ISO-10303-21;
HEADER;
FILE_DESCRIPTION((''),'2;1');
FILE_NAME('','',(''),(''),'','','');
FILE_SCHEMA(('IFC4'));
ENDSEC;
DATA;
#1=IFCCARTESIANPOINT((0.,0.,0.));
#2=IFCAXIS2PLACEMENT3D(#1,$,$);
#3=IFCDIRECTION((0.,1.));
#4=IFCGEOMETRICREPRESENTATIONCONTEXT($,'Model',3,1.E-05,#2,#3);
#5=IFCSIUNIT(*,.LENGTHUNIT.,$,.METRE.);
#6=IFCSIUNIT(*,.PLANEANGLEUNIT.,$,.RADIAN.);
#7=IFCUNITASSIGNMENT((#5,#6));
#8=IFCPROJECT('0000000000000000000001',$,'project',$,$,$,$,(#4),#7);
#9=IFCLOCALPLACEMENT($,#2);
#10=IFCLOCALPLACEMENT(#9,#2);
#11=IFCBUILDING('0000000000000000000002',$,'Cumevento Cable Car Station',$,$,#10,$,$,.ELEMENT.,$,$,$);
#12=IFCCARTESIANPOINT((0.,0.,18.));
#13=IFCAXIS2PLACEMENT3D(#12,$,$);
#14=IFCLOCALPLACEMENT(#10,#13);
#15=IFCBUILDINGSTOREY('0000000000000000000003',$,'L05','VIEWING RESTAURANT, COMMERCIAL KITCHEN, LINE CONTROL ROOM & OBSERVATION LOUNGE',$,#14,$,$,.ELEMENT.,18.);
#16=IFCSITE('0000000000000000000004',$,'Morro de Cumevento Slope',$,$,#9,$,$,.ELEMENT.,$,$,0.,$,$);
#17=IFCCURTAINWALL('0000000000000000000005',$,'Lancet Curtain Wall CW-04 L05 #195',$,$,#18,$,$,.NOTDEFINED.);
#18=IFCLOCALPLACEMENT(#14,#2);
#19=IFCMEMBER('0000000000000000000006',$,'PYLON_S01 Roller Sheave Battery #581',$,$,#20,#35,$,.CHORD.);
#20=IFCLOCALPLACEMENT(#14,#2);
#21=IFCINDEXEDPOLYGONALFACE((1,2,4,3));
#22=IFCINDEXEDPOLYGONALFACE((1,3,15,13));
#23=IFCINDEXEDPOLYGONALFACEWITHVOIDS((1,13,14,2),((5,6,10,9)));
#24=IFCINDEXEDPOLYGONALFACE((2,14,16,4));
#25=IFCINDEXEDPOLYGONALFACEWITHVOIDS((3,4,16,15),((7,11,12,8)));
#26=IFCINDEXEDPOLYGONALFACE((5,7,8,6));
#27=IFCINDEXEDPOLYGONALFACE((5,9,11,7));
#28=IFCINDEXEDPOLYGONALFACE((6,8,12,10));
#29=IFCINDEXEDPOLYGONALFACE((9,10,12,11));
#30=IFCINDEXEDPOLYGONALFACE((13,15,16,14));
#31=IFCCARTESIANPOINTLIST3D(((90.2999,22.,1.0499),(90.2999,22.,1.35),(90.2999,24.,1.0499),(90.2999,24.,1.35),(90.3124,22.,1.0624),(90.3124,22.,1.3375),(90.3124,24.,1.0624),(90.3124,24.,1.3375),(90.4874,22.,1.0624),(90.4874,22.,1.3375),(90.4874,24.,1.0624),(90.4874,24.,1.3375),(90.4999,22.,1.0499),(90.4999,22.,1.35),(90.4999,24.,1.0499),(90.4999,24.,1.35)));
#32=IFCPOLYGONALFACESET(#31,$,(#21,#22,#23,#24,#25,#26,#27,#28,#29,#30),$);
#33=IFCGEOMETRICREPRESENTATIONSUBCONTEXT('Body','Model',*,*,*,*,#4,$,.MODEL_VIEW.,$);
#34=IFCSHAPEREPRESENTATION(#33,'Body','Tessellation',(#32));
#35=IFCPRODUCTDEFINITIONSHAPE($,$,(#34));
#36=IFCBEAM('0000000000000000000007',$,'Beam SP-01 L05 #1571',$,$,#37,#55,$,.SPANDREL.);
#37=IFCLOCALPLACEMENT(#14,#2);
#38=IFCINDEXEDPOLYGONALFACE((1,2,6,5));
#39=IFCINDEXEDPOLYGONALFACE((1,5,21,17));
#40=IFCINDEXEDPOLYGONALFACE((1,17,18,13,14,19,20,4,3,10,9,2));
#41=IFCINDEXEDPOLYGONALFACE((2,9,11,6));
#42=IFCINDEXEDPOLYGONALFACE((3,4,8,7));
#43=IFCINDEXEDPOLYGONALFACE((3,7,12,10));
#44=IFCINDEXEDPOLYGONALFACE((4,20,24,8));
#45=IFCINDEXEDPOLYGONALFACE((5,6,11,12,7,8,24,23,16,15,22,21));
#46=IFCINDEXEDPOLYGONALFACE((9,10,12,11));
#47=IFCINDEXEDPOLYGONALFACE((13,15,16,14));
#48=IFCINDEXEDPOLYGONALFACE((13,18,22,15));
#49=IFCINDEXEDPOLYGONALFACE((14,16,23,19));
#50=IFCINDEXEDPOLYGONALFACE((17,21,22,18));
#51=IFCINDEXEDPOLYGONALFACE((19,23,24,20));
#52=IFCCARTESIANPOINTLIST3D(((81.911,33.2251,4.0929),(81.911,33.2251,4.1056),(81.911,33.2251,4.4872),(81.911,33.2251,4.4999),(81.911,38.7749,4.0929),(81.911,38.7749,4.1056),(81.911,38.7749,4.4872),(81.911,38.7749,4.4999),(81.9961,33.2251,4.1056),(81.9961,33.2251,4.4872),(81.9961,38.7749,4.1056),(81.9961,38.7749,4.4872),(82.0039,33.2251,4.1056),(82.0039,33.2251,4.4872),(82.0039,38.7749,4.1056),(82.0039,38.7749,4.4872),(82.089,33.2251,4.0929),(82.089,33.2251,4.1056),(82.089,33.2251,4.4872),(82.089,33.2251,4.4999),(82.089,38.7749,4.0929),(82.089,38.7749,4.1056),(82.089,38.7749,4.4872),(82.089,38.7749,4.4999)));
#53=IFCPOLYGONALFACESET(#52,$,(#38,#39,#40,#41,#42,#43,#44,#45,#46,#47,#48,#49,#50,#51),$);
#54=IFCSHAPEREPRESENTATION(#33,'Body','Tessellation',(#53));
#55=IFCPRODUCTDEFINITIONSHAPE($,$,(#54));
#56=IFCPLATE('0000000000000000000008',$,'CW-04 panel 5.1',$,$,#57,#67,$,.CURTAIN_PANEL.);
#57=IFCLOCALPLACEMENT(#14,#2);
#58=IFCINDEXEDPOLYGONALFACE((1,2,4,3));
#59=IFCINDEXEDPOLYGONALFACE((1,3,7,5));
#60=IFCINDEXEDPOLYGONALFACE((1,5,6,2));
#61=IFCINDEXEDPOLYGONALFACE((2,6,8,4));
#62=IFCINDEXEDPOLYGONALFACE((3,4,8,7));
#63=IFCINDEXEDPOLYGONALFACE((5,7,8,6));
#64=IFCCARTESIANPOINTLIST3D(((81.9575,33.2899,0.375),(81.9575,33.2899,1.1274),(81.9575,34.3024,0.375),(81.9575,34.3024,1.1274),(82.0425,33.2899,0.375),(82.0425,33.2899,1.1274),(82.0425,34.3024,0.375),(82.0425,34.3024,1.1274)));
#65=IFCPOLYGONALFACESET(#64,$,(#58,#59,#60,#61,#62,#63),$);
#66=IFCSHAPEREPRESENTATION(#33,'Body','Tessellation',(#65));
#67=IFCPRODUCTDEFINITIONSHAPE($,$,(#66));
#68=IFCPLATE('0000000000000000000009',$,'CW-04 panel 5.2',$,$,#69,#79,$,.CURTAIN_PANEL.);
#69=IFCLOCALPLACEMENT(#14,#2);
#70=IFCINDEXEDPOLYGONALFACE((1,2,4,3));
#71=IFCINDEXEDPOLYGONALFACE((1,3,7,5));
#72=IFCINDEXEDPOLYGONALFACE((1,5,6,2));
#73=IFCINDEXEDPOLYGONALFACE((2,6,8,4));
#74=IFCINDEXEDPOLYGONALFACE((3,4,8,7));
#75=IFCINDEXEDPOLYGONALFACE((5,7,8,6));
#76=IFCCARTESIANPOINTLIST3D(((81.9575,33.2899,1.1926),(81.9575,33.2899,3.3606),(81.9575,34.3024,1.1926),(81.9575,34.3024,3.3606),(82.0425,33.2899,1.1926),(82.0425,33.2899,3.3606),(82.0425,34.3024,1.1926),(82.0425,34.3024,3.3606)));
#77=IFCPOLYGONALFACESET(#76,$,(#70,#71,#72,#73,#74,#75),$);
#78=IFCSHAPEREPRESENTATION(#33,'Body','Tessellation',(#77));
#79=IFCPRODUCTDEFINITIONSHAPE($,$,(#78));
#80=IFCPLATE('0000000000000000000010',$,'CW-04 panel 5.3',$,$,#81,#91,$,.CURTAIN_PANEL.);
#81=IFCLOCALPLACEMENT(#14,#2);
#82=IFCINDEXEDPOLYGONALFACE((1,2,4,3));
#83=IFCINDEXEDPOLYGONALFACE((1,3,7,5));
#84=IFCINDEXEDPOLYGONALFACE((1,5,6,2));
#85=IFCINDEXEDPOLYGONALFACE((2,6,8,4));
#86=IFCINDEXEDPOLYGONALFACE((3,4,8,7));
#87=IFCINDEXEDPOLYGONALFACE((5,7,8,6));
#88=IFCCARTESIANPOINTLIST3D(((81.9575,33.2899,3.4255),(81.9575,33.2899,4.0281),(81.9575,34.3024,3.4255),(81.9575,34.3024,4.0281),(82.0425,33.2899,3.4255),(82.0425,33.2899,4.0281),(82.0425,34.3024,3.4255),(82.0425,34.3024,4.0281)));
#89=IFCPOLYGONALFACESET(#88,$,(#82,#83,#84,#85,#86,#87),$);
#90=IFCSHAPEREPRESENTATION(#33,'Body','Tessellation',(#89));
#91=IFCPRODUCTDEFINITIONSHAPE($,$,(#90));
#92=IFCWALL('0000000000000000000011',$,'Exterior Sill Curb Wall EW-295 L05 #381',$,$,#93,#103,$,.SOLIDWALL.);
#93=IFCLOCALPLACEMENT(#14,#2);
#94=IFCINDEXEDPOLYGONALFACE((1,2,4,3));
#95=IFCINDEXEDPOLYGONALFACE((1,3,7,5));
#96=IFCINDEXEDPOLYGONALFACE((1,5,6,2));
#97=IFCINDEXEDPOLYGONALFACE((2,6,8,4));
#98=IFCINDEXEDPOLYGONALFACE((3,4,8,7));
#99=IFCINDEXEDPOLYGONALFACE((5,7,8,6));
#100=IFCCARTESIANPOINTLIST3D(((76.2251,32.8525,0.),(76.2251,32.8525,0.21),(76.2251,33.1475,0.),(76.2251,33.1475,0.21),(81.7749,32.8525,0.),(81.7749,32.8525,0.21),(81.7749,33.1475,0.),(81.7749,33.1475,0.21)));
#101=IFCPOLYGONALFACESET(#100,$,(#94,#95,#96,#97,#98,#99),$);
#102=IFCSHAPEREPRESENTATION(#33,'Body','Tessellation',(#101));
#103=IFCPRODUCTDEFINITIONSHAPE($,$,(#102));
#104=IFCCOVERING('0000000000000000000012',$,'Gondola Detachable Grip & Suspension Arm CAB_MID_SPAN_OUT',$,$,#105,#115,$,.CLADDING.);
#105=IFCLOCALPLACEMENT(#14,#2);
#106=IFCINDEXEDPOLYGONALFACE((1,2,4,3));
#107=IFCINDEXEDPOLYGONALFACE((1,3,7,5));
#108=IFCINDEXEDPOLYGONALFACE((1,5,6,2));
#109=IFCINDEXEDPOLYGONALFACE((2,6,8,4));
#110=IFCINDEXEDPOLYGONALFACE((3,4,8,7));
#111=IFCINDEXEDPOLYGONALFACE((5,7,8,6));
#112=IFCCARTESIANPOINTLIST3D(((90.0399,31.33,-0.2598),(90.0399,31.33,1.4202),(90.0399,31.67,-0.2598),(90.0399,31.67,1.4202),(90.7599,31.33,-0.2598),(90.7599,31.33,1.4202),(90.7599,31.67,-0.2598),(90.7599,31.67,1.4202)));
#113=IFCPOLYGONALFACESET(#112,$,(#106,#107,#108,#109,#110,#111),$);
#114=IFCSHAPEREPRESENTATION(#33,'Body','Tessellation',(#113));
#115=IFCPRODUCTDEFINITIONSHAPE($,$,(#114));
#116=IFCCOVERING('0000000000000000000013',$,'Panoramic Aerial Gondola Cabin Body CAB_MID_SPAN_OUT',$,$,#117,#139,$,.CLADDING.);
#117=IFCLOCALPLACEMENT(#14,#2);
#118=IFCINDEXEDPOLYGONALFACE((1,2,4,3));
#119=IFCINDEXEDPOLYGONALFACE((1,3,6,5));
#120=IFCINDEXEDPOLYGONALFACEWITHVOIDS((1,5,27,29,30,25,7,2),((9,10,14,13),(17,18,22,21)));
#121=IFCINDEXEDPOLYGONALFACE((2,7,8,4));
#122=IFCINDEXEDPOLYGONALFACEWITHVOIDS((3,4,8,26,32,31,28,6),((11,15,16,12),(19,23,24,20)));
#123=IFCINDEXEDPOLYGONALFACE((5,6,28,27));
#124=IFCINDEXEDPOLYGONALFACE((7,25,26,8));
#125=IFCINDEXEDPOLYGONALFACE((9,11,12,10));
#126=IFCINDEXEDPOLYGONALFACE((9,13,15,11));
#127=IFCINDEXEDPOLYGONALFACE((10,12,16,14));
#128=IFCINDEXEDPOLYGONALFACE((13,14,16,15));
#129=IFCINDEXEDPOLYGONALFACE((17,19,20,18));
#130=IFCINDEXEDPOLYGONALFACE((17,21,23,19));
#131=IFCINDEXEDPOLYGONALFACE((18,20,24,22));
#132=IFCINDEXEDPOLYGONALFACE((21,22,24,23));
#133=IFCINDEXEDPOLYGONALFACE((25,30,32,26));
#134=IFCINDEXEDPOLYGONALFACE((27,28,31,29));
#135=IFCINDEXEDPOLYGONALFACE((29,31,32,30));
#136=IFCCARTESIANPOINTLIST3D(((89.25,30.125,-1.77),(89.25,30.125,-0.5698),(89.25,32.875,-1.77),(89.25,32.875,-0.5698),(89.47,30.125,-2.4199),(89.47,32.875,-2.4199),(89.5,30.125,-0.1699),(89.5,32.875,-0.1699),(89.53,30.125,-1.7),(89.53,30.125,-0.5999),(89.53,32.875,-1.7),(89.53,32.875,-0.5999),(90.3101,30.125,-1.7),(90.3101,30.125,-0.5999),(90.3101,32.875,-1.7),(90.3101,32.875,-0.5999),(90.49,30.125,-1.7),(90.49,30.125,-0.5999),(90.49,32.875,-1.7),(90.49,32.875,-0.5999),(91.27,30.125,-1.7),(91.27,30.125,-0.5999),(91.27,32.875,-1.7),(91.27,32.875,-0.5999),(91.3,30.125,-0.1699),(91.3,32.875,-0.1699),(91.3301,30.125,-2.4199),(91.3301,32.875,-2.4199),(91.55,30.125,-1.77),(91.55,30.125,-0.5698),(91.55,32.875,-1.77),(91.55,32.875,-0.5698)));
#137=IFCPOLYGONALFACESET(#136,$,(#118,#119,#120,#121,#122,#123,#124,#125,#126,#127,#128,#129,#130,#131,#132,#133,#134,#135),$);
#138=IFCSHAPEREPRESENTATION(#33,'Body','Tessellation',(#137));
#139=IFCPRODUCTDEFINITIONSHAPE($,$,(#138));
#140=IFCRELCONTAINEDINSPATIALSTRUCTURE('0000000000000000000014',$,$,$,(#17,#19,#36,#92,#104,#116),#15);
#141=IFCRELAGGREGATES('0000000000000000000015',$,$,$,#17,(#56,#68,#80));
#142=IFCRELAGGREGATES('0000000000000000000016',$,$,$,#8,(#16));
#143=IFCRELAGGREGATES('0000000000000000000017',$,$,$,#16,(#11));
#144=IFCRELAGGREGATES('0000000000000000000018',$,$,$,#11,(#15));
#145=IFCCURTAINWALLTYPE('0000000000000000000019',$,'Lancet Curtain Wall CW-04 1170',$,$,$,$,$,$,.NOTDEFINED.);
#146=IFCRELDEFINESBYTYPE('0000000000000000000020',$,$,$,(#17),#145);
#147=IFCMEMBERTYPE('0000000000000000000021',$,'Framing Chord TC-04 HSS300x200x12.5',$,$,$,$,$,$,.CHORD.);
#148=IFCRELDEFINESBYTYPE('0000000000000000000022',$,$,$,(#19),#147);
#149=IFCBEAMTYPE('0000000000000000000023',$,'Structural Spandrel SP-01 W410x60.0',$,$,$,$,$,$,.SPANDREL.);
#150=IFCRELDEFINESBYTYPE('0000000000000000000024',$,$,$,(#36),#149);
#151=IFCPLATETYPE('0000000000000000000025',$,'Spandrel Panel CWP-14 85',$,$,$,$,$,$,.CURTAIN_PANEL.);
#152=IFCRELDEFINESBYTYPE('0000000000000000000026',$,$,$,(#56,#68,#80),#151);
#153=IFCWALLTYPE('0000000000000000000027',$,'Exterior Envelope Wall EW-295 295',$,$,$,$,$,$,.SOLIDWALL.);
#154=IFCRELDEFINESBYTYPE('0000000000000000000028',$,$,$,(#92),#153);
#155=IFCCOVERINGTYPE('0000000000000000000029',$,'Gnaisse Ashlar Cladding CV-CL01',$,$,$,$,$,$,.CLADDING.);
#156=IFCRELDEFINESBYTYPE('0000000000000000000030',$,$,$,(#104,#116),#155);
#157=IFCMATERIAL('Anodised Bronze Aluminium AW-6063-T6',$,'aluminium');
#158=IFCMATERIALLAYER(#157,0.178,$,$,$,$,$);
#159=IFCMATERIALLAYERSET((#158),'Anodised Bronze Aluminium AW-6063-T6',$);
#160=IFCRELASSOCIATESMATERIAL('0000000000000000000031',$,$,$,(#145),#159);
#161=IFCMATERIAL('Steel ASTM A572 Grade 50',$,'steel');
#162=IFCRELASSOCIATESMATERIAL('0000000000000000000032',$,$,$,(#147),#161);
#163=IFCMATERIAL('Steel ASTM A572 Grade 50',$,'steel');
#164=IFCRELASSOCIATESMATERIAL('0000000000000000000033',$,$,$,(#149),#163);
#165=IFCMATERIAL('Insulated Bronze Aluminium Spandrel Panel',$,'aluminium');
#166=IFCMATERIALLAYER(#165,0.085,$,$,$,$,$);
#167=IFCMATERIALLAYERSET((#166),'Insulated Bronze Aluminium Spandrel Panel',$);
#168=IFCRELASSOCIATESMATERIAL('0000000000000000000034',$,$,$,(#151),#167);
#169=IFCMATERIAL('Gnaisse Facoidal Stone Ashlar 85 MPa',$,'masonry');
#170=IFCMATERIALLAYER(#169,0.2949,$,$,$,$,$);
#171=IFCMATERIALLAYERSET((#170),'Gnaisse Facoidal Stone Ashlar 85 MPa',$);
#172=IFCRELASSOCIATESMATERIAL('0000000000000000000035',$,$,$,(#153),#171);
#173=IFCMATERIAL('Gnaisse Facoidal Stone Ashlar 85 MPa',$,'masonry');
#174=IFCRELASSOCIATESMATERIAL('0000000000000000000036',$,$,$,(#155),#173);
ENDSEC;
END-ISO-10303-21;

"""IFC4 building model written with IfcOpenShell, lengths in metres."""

from ifc_helpers import new_model, si_unit, direction, frame, frame_2d, origin, origin_2d, place, context, subcontext, project, spatial, polyline, rectangle, hollow_rectangle, i_section, outline, extrude, material, layer, layer_set, material_profile, profile_set, type_object, element, aggregate, save


model = new_model("IFC4")

# Units and contexts
model_context = context("Model", 3, precision=1e-05, world=origin(), true_north=direction((0.0, 1.0)))
body_context = subcontext(model_context, "Body", "Model", "MODEL_VIEW")
ifc_project = project(units=[si_unit("LENGTHUNIT", "METRE"), si_unit("PLANEANGLEUNIT", "RADIAN")], contexts=[model_context])

# Site, building, storey
site_placement = place(None, origin())
site = spatial("IfcSite", under=ifc_project, at=site_placement, Name="Morro de Cumevento Slope", CompositionType="ELEMENT", RefElevation=0.0)
building_placement = place(site_placement, origin())
building = spatial("IfcBuilding", under=site, at=building_placement, Name="Cumevento Cable Car Station", CompositionType="ELEMENT")
storey_placement = place(building_placement, frame((0.0, 0.0, 18.0)))
storey = spatial("IfcBuildingStorey", under=building, at=storey_placement, Name="L05", Description="VIEWING RESTAURANT, COMMERCIAL KITCHEN, LINE CONTROL ROOM & OBSERVATION LOUNGE", CompositionType="ELEMENT", Elevation=18.0)

# Curtain wall
ifc_material_1 = material(Name="Anodised Bronze Aluminium AW-6063-T6", Category="aluminium")
ifc_layer_1 = layer(ifc_material_1, 0.178)
ifc_layer_set_1 = layer_set([ifc_layer_1], Name="Anodised Bronze Aluminium AW-6063-T6")
curtain_wall_type = type_object("IfcCurtainWallType", Name="Lancet Curtain Wall CW-04 1170", PredefinedType="NOTDEFINED", material=ifc_layer_set_1)
curtain_wall_placement = place(storey_placement, origin())
curtain_wall = element("IfcCurtainWall", 1, at=curtain_wall_placement, inside=storey, type_object=curtain_wall_type, Name="Lancet Curtain Wall CW-04 L05 #195", PredefinedType="NOTDEFINED")

# Member
ifc_material_2 = material(Name="Steel ASTM A572 Grade 50", Category="steel")
ifc_material_profile_1 = material_profile(ifc_material_2, hollow_rectangle(XDim=0.2, YDim=0.3, WallThickness=0.0125, at=origin_2d()), Name="HSS300x200x12.5")
ifc_profile_set_1 = profile_set([ifc_material_profile_1], Name="Steel ASTM A572 Grade 50")
member_type_1 = type_object("IfcMemberType", Name="Framing Chord TC-04 HSS300x200x12.5", PredefinedType="CHORD", material=ifc_profile_set_1)
member_1_placement = place(storey_placement, frame((90.3999, 22.0, 1.2), z_axis=(0.0, 1.0, 0.0), x_axis=(-1.0, 0.0, 0.0)))
element("IfcMember", 2, at=member_1_placement, inside=storey, type_object=member_type_1, Name="PYLON_S01 Roller Sheave Battery #581", PredefinedType="CHORD", context=body_context, shape_type="SweptSolid", body=[
    extrude(hollow_rectangle(XDim=0.2, YDim=0.3, WallThickness=0.0125, at=origin_2d()), origin(), (0.0, 0.0, 1.0), 2.0),
])

# Beam
ifc_material_3 = material(Name="Steel ASTM A572 Grade 50", Category="steel")
ifc_material_profile_2 = material_profile(ifc_material_3, i_section(OverallWidth=0.178, OverallDepth=0.407, WebThickness=0.0078, FlangeThickness=0.0127, at=origin_2d()), Name="W410x60.0")
ifc_profile_set_2 = profile_set([ifc_material_profile_2], Name="Steel ASTM A572 Grade 50")
beam_type = type_object("IfcBeamType", Name="Structural Spandrel SP-01 W410x60.0", PredefinedType="SPANDREL", material=ifc_profile_set_2)
beam_placement = place(storey_placement, frame((82.0, 33.2251, 4.2964), z_axis=(0.0, 1.0, 0.0), x_axis=(-1.0, 0.0, 0.0)))
element("IfcBeam", 3, at=beam_placement, inside=storey, type_object=beam_type, Name="Beam SP-01 L05 #1571", PredefinedType="SPANDREL", context=body_context, shape_type="SweptSolid", body=[
    extrude(i_section(OverallWidth=0.178, OverallDepth=0.407, WebThickness=0.0078, FlangeThickness=0.0127, at=origin_2d()), origin(), (0.0, 0.0, 1.0), 5.5498),
])

# Plates
ifc_material_4 = material(Name="Insulated Bronze Aluminium Spandrel Panel", Category="aluminium")
ifc_layer_2 = layer(ifc_material_4, 0.085)
ifc_layer_set_2 = layer_set([ifc_layer_2], Name="Insulated Bronze Aluminium Spandrel Panel")
plate_type = type_object("IfcPlateType", Name="Spandrel Panel CWP-14 85", PredefinedType="CURTAIN_PANEL", material=ifc_layer_set_2)
plate_1_placement = place(storey_placement, frame((82.0, 33.7961, 0.375), z_axis=(0.0, 0.0, 1.0), x_axis=(0.0, -1.0, 0.0)))
plate_1 = element("IfcPlate", 4, at=plate_1_placement, type_object=plate_type, Name="CW-04 panel 5.1", PredefinedType="CURTAIN_PANEL", context=body_context, shape_type="SweptSolid", body=[
    extrude(rectangle(XDim=1.0125, YDim=0.085, at=origin_2d()), origin(), (0.0, 0.0, 1.0), 0.7524),
])
plate_2_placement = place(storey_placement, frame((82.0, 33.7961, 1.1926), z_axis=(0.0, 0.0, 1.0), x_axis=(0.0, -1.0, 0.0)))
plate_2 = element("IfcPlate", 5, at=plate_2_placement, type_object=plate_type, Name="CW-04 panel 5.2", PredefinedType="CURTAIN_PANEL", context=body_context, shape_type="SweptSolid", body=[
    extrude(rectangle(XDim=1.0125, YDim=0.085, at=origin_2d()), origin(), (0.0, 0.0, 1.0), 2.168),
])
plate_3_placement = place(storey_placement, frame((82.0, 33.7961, 3.4255), z_axis=(0.0, 0.0, 1.0), x_axis=(0.0, -1.0, 0.0)))
plate_3 = element("IfcPlate", 6, at=plate_3_placement, type_object=plate_type, Name="CW-04 panel 5.3", PredefinedType="CURTAIN_PANEL", context=body_context, shape_type="SweptSolid", body=[
    extrude(rectangle(XDim=1.0125, YDim=0.085, at=origin_2d()), origin(), (0.0, 0.0, 1.0), 0.6025),
])
aggregate(curtain_wall, [plate_1, plate_2, plate_3])

# Wall
ifc_material_5 = material(Name="Gnaisse Facoidal Stone Ashlar 85 MPa", Category="masonry")
ifc_layer_3 = layer(ifc_material_5, 0.2949)
ifc_layer_set_3 = layer_set([ifc_layer_3], Name="Gnaisse Facoidal Stone Ashlar 85 MPa")
wall_type = type_object("IfcWallType", Name="Exterior Envelope Wall EW-295 295", PredefinedType="SOLIDWALL", material=ifc_layer_set_3)
wall_placement = place(storey_placement, frame((81.7749, 33.0, 0.0), z_axis=(0.0, 0.0, 1.0), x_axis=(-1.0, 0.0, 0.0)))
element("IfcWall", 7, at=wall_placement, inside=storey, type_object=wall_type, Name="Exterior Sill Curb Wall EW-295 L05 #381", PredefinedType="SOLIDWALL", context=body_context, shape_type="SweptSolid", body=[
    extrude(rectangle(XDim=5.5498, YDim=0.2949, at=frame_2d((2.7749, 0.0))), origin(), (0.0, 0.0, 1.0), 0.21),
])

# Coverings
ifc_material_6 = material(Name="Gnaisse Facoidal Stone Ashlar 85 MPa", Category="masonry")
covering_type = type_object("IfcCoveringType", Name="Gnaisse Ashlar Cladding CV-CL01", PredefinedType="CLADDING", material=ifc_material_6)
covering_1_placement = place(storey_placement, frame((90.3999, 31.5, -0.2598), z_axis=(0.0, 0.0, 1.0), x_axis=(1.0, 0.0, 0.0)))
element("IfcCovering", 8, at=covering_1_placement, inside=storey, type_object=covering_type, Name="Gondola Detachable Grip & Suspension Arm CAB_MID_SPAN_OUT", PredefinedType="CLADDING", context=body_context, shape_type="SweptSolid", body=[
    extrude(rectangle(XDim=0.72, YDim=0.3401, at=origin_2d()), origin(), (0.0, 0.0, 1.0), 1.6799),
])
covering_2_placement = place(storey_placement, frame((89.25, 31.5, -2.4199), z_axis=(0.0, 0.0, 1.0), x_axis=(1.0, 0.0, 0.0)))
element("IfcCovering", 9, at=covering_2_placement, inside=storey, type_object=covering_type, Name="Panoramic Aerial Gondola Cabin Body CAB_MID_SPAN_OUT", PredefinedType="CLADDING", context=body_context, shape_type="SweptSolid", body=[
    extrude(outline(polyline([(0.22, 0.0), (2.0801, 0.0), (2.3, 0.6499), (2.3, 1.8501), (2.05, 2.25), (0.25, 2.25), (0.0, 1.8501), (0.0, 0.6499), (0.22, 0.0)]), holes=[polyline([(0.28, 0.72), (1.0601, 0.72), (1.0601, 1.8201), (0.28, 1.8201), (0.28, 0.72)]), polyline([(1.24, 0.72), (2.02, 0.72), (2.02, 1.8201), (1.24, 1.8201), (1.24, 0.72)])]), frame((0.0, 1.375, 0.0), z_axis=(0.0, -1.0, 0.0), x_axis=(1.0, 0.0, 0.0)), (0.0, 0.0, 1.0), 2.75),
])

save(model, "model.ifc")
